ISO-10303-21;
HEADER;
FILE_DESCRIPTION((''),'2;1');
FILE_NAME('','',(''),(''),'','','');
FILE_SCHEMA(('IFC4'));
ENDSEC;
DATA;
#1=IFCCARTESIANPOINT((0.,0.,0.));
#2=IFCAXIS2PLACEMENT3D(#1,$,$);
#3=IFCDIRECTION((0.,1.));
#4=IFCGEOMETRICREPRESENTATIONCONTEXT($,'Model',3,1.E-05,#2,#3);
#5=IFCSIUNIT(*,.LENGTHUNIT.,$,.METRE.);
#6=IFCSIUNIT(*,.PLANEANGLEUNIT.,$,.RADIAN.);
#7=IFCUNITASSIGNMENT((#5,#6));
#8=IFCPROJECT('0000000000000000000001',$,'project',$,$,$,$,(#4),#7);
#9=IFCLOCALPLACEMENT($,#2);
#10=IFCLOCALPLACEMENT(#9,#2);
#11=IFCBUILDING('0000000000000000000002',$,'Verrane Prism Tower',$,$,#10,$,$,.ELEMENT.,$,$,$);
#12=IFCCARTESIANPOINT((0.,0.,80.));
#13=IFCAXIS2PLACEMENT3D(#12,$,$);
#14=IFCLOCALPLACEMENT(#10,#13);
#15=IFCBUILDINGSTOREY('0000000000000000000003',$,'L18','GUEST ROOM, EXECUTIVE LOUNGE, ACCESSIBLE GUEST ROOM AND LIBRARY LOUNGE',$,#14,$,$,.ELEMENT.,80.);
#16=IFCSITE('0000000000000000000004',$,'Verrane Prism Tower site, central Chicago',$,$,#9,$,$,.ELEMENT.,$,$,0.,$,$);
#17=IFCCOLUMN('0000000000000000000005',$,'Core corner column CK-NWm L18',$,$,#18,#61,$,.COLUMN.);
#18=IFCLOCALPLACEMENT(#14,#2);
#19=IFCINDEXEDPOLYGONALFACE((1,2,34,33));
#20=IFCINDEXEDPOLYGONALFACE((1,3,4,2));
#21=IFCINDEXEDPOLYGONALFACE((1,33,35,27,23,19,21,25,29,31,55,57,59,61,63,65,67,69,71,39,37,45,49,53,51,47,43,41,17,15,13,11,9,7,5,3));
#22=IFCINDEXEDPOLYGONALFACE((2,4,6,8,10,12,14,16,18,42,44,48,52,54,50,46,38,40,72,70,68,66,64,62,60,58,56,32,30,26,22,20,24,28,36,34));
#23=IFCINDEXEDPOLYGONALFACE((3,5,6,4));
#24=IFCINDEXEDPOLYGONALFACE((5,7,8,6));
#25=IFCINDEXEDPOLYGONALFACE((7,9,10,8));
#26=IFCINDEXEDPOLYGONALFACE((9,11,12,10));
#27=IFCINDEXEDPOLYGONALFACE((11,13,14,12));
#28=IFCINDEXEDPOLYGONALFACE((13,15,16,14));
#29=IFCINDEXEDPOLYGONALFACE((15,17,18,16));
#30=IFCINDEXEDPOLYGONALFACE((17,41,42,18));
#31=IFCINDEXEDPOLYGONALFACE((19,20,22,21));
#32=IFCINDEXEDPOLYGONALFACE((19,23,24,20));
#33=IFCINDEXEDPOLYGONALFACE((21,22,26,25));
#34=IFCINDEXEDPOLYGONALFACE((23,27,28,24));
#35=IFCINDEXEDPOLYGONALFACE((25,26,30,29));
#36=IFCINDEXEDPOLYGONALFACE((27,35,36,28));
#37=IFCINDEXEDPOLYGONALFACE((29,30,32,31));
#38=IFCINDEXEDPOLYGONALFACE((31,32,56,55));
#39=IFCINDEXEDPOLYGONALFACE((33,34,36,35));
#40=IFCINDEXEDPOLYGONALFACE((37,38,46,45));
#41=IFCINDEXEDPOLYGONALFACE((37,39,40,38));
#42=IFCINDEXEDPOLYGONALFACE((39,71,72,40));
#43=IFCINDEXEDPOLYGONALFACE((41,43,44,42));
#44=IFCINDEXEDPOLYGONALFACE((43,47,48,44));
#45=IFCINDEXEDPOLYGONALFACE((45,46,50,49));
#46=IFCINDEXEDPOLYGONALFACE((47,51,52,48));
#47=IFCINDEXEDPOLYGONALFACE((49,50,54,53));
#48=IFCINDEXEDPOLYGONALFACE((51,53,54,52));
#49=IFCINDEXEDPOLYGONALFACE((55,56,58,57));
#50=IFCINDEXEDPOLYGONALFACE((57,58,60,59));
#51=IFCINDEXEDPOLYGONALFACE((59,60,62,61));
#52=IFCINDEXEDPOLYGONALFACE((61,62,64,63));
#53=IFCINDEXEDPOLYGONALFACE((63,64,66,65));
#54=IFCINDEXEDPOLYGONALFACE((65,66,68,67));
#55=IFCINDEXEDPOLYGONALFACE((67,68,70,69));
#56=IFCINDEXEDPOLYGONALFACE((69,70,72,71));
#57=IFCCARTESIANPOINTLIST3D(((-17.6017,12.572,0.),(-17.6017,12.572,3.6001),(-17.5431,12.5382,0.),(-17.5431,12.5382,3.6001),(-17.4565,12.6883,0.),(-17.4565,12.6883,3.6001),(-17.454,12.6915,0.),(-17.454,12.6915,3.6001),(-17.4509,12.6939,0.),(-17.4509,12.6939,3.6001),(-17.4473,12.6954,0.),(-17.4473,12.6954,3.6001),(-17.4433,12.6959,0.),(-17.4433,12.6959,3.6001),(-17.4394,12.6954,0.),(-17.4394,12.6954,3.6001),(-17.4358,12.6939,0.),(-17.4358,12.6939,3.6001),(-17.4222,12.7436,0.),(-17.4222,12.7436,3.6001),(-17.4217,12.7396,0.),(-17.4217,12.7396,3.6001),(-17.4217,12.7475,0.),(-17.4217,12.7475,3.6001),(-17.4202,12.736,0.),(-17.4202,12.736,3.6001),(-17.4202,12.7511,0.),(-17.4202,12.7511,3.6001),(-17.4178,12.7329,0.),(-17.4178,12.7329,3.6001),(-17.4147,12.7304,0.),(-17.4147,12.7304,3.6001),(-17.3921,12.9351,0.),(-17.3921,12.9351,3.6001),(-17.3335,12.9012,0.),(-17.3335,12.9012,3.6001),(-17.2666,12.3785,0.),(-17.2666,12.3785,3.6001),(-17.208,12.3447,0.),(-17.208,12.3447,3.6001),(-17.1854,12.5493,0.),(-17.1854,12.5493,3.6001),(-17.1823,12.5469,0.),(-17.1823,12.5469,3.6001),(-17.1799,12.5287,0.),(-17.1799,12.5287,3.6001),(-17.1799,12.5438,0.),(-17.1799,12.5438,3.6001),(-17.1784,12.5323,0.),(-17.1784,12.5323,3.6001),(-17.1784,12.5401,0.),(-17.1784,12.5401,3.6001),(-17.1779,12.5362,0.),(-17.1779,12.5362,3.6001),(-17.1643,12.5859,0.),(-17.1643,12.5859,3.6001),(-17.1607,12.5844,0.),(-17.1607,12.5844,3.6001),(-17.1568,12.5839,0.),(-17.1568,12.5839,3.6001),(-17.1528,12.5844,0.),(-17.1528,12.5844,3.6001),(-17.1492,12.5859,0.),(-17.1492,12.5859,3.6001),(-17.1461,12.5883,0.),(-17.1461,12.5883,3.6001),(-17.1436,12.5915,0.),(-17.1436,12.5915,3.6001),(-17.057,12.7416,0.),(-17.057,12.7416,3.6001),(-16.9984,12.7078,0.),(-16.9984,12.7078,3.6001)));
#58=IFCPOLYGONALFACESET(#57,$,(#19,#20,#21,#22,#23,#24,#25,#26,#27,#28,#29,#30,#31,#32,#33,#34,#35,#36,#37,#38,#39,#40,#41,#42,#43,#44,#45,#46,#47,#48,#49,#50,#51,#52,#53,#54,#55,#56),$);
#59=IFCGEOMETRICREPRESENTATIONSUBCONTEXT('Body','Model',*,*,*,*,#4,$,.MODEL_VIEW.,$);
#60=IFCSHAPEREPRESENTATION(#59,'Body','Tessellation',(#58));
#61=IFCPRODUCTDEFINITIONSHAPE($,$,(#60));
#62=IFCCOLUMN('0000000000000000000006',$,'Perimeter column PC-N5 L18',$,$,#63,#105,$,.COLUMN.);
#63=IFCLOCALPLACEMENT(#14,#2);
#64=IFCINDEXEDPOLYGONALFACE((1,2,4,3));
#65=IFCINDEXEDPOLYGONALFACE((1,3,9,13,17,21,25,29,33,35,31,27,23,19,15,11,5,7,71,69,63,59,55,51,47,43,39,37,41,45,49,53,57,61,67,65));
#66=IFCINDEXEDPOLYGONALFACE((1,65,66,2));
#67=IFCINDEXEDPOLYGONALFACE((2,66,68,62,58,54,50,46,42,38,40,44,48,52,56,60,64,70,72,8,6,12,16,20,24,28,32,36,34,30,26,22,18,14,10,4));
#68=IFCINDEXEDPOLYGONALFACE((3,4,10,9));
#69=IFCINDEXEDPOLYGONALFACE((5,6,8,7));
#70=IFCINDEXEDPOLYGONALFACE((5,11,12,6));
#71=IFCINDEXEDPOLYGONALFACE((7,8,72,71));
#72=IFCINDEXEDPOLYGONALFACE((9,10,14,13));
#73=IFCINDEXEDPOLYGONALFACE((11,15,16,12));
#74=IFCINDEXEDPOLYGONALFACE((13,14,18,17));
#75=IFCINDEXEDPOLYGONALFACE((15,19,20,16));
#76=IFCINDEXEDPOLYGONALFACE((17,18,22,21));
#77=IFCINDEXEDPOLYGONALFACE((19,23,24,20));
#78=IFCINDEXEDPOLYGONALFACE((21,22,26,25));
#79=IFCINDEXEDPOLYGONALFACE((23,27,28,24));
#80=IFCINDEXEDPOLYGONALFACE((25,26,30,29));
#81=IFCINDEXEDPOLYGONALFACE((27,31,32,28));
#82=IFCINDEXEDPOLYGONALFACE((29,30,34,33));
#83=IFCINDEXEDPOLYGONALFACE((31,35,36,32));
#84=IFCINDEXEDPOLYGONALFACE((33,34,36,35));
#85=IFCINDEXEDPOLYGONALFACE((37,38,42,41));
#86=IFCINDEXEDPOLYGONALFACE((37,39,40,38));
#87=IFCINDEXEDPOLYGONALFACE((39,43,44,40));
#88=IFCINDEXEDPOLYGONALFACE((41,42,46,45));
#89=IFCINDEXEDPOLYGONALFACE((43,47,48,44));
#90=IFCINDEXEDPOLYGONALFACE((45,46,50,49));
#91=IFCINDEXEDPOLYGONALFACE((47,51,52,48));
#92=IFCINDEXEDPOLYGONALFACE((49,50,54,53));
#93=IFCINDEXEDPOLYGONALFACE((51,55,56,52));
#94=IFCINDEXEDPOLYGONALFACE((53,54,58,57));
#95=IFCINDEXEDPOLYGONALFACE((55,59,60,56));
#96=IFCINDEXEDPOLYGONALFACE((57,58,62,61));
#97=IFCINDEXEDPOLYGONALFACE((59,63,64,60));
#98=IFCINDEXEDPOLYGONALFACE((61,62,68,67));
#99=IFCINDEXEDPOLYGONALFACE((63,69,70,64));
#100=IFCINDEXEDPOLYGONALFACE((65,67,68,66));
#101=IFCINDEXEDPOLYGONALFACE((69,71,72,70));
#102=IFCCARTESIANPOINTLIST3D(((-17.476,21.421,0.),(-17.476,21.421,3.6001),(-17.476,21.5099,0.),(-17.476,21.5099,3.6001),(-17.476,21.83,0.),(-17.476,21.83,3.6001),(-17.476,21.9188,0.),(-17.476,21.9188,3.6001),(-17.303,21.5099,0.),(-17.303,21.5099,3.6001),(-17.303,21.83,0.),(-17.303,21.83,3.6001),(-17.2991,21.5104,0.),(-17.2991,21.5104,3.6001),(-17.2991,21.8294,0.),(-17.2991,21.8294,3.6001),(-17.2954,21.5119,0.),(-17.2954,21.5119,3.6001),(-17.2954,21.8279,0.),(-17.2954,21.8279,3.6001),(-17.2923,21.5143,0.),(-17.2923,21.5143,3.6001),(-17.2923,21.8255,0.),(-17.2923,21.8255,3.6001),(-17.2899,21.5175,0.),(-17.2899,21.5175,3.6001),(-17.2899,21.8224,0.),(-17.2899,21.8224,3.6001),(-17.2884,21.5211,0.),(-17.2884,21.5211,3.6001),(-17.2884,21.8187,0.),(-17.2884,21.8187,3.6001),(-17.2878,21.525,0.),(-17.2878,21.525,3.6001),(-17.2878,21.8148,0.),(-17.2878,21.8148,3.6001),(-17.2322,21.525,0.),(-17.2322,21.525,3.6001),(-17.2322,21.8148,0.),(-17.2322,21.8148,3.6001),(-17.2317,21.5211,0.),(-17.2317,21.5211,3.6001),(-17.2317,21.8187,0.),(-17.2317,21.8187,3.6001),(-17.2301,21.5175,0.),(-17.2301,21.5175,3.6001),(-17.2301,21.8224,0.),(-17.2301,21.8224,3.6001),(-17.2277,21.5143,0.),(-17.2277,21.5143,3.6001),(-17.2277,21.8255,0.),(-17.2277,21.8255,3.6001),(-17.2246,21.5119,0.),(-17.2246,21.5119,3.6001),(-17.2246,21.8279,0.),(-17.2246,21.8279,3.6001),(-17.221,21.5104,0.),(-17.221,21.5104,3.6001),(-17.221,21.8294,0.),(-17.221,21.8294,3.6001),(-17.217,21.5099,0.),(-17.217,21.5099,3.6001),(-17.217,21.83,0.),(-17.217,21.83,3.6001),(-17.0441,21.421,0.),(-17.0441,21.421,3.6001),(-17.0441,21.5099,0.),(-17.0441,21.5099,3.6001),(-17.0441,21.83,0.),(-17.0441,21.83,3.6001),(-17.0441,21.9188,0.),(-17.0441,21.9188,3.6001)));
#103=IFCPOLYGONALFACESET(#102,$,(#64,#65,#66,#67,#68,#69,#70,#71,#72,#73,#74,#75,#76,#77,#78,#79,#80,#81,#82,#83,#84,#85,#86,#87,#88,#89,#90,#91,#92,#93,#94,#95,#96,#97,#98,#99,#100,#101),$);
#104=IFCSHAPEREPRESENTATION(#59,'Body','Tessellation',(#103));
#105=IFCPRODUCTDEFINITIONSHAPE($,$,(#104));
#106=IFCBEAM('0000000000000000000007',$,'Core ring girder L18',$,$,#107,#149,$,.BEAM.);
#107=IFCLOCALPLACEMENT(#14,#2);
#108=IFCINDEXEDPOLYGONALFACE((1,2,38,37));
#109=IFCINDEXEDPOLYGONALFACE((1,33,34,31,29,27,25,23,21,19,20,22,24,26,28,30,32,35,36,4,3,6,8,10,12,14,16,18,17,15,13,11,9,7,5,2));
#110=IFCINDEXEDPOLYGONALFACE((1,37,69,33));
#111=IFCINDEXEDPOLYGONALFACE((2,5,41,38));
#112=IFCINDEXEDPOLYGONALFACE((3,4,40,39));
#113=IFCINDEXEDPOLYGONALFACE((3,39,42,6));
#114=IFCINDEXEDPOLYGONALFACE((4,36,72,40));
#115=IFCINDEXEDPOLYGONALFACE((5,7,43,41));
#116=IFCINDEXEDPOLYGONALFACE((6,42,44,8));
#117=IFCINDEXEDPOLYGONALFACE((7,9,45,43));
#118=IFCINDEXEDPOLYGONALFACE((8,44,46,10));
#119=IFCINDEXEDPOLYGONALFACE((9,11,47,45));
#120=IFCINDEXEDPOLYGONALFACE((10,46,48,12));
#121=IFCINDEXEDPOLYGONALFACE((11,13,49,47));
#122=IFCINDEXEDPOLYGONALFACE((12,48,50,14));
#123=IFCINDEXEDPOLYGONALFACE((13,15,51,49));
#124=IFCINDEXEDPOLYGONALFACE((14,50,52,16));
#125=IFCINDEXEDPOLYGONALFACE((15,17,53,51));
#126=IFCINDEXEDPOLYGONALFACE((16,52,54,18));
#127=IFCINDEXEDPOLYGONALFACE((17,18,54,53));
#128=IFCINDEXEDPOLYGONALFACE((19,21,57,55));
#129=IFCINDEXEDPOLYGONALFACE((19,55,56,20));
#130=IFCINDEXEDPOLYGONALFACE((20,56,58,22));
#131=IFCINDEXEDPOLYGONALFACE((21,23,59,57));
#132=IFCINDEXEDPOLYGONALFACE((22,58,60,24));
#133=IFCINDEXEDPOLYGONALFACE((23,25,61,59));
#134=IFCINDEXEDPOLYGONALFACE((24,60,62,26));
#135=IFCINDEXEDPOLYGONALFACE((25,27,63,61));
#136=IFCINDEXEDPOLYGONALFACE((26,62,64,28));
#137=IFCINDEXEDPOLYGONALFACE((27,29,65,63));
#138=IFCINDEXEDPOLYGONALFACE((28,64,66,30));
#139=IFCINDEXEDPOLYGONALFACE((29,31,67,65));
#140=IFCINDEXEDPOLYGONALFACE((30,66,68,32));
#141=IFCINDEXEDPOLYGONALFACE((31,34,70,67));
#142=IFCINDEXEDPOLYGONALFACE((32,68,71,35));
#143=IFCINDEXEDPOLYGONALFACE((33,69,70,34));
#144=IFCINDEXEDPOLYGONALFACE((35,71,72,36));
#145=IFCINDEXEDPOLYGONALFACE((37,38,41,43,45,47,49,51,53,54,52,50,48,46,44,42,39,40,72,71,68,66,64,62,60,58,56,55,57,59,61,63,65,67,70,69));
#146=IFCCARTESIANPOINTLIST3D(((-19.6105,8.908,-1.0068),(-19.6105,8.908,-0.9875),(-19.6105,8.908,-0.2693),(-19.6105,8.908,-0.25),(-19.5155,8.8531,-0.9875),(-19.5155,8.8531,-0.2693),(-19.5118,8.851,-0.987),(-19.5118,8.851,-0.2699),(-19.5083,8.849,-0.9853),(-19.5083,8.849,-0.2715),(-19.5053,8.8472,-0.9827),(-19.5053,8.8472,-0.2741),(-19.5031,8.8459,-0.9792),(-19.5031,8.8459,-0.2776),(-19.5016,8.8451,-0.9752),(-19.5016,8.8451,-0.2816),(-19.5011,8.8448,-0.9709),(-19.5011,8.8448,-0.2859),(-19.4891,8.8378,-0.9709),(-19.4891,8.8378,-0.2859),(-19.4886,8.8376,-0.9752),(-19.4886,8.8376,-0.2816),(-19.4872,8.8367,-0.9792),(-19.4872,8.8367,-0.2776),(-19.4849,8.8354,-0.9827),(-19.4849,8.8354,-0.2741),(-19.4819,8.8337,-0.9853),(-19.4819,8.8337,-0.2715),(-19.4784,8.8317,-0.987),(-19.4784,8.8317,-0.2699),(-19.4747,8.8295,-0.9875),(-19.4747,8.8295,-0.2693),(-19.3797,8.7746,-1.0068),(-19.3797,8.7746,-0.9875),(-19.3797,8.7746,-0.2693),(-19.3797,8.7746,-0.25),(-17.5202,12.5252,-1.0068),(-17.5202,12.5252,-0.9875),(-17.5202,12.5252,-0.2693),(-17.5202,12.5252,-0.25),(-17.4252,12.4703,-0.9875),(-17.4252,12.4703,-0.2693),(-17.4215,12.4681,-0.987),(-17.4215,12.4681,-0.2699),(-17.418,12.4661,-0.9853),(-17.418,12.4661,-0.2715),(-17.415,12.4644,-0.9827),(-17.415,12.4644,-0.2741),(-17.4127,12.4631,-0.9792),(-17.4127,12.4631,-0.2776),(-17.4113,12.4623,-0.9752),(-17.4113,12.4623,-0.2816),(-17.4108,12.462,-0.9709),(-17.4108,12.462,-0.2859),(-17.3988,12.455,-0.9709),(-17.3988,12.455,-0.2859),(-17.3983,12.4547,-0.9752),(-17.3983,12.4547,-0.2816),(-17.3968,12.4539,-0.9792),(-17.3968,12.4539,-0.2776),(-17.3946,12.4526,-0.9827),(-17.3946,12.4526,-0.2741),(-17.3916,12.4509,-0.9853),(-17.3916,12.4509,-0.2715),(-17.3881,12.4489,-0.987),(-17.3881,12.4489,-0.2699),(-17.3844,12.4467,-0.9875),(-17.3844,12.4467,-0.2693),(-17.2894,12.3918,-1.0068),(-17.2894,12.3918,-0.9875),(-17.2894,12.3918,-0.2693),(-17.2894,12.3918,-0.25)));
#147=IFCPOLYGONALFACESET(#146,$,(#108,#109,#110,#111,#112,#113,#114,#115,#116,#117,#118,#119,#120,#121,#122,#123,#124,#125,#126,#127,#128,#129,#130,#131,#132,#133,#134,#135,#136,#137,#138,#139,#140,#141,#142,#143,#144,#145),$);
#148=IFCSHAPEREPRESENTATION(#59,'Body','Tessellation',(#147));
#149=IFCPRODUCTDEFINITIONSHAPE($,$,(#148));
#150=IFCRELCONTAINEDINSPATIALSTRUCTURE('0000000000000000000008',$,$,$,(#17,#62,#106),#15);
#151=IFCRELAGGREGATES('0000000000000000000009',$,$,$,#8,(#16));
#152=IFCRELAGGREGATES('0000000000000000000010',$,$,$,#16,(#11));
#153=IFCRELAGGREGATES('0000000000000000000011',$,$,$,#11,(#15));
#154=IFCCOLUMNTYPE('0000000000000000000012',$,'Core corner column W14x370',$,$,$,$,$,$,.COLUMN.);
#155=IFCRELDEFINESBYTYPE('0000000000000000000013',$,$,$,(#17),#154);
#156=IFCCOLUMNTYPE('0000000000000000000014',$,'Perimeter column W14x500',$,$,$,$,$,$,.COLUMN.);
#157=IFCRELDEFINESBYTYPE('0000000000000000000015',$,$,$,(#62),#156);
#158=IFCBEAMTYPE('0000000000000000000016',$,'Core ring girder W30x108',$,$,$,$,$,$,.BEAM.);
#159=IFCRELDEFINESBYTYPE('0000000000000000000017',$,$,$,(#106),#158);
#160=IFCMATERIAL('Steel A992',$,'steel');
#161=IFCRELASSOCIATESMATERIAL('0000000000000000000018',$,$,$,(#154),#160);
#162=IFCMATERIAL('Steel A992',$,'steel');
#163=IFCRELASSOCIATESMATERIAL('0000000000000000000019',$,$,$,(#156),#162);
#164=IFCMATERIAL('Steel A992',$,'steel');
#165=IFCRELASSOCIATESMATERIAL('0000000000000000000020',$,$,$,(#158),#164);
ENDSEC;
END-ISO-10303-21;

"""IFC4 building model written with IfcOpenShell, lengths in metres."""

from ifc_helpers import new_model, si_unit, direction, frame, origin, origin_2d, place, context, subcontext, project, spatial, i_section, extrude, material, material_profile, profile_set, type_object, element, save


model = new_model("IFC4")

# Units and contexts
model_context = context("Model", 3, precision=1e-05, world=origin(), true_north=direction((0.0, 1.0)))
body_context = subcontext(model_context, "Body", "Model", "MODEL_VIEW")
ifc_project = project(units=[si_unit("LENGTHUNIT", "METRE"), si_unit("PLANEANGLEUNIT", "RADIAN")], contexts=[model_context])

# Site, building, storey
site_placement = place(None, origin())
site = spatial("IfcSite", under=ifc_project, at=site_placement, Name="Verrane Prism Tower site, central Chicago", CompositionType="ELEMENT", RefElevation=0.0)
building_placement = place(site_placement, origin())
building = spatial("IfcBuilding", under=site, at=building_placement, Name="Verrane Prism Tower", CompositionType="ELEMENT")
storey_placement = place(building_placement, frame((0.0, 0.0, 80.0)))
storey = spatial("IfcBuildingStorey", under=building, at=storey_placement, Name="L18", Description="GUEST ROOM, EXECUTIVE LOUNGE, ACCESSIBLE GUEST ROOM AND LIBRARY LOUNGE", CompositionType="ELEMENT", Elevation=80.0)

# Columns
ifc_material_1 = material(Name="Steel A992", Category="steel")
ifc_material_profile_1 = material_profile(ifc_material_1, i_section(OverallWidth=0.4192, OverallDepth=0.4546, WebThickness=0.0422, FlangeThickness=0.0676, FilletRadius=0.0151, at=origin_2d()), Name="W14x370")
ifc_profile_set_1 = profile_set([ifc_material_profile_1], Name="Steel A992")
column_type_1 = type_object("IfcColumnType", Name="Core corner column W14x370", PredefinedType="COLUMN", material=ifc_profile_set_1)
column_1_placement = place(storey_placement, frame((-17.3, 12.6399, 0.0), z_axis=(0.0, 0.0, 1.0), x_axis=(0.5, 0.866025, 0.0)))
element("IfcColumn", 1, at=column_1_placement, inside=storey, type_object=column_type_1, Name="Core corner column CK-NWm L18", PredefinedType="COLUMN", context=body_context, shape_type="SweptSolid", body=[
    extrude(i_section(OverallWidth=0.4192, OverallDepth=0.4546, WebThickness=0.0422, FlangeThickness=0.0676, FilletRadius=0.0151, at=origin_2d()), origin(), (0.0, 0.0, 1.0), 3.6001),
])
ifc_material_2 = material(Name="Steel A992", Category="steel")
ifc_material_profile_2 = material_profile(ifc_material_2, i_section(OverallWidth=0.4319, OverallDepth=0.4978, WebThickness=0.0557, FlangeThickness=0.0889, FilletRadius=0.0151, at=origin_2d()), Name="W14x500")
ifc_profile_set_2 = profile_set([ifc_material_profile_2], Name="Steel A992")
column_type_2 = type_object("IfcColumnType", Name="Perimeter column W14x500", PredefinedType="COLUMN", material=ifc_profile_set_2)
column_2_placement = place(storey_placement, frame((-17.26, 21.6699, 0.0), z_axis=(0.0, 0.0, 1.0), x_axis=(1.0, 0.0, 0.0)))
element("IfcColumn", 2, at=column_2_placement, inside=storey, type_object=column_type_2, Name="Perimeter column PC-N5 L18", PredefinedType="COLUMN", context=body_context, shape_type="SweptSolid", body=[
    extrude(i_section(OverallWidth=0.4319, OverallDepth=0.4978, WebThickness=0.0557, FlangeThickness=0.0889, FilletRadius=0.0151, at=origin_2d()), origin(), (0.0, 0.0, 1.0), 3.6001),
])

# Beam
ifc_material_3 = material(Name="Steel A992", Category="steel")
ifc_material_profile_3 = material_profile(ifc_material_3, i_section(OverallWidth=0.2666, OverallDepth=0.7568, WebThickness=0.0139, FlangeThickness=0.0193, FilletRadius=0.0166, at=origin_2d()), Name="W30x108")
ifc_profile_set_3 = profile_set([ifc_material_profile_3], Name="Steel A992")
beam_type_1 = type_object("IfcBeamType", Name="Core ring girder W30x108", PredefinedType="BEAM", material=ifc_profile_set_3)
beam_1_placement = place(storey_placement, frame((-17.4048, 12.4585, -0.6284), z_axis=(-0.50035, -0.865823, 0.0), x_axis=(0.865823, -0.50035, 0.0)))
element("IfcBeam", 3, at=beam_1_placement, inside=storey, type_object=beam_type_1, Name="Core ring girder L18", PredefinedType="BEAM", context=body_context, shape_type="SweptSolid", body=[
    extrude(i_section(OverallWidth=0.2666, OverallDepth=0.7568, WebThickness=0.0139, FlangeThickness=0.0193, FilletRadius=0.0166, at=origin_2d()), origin(), (0.0, 0.0, 1.0), 4.1777),
])

save(model, "model.ifc")
